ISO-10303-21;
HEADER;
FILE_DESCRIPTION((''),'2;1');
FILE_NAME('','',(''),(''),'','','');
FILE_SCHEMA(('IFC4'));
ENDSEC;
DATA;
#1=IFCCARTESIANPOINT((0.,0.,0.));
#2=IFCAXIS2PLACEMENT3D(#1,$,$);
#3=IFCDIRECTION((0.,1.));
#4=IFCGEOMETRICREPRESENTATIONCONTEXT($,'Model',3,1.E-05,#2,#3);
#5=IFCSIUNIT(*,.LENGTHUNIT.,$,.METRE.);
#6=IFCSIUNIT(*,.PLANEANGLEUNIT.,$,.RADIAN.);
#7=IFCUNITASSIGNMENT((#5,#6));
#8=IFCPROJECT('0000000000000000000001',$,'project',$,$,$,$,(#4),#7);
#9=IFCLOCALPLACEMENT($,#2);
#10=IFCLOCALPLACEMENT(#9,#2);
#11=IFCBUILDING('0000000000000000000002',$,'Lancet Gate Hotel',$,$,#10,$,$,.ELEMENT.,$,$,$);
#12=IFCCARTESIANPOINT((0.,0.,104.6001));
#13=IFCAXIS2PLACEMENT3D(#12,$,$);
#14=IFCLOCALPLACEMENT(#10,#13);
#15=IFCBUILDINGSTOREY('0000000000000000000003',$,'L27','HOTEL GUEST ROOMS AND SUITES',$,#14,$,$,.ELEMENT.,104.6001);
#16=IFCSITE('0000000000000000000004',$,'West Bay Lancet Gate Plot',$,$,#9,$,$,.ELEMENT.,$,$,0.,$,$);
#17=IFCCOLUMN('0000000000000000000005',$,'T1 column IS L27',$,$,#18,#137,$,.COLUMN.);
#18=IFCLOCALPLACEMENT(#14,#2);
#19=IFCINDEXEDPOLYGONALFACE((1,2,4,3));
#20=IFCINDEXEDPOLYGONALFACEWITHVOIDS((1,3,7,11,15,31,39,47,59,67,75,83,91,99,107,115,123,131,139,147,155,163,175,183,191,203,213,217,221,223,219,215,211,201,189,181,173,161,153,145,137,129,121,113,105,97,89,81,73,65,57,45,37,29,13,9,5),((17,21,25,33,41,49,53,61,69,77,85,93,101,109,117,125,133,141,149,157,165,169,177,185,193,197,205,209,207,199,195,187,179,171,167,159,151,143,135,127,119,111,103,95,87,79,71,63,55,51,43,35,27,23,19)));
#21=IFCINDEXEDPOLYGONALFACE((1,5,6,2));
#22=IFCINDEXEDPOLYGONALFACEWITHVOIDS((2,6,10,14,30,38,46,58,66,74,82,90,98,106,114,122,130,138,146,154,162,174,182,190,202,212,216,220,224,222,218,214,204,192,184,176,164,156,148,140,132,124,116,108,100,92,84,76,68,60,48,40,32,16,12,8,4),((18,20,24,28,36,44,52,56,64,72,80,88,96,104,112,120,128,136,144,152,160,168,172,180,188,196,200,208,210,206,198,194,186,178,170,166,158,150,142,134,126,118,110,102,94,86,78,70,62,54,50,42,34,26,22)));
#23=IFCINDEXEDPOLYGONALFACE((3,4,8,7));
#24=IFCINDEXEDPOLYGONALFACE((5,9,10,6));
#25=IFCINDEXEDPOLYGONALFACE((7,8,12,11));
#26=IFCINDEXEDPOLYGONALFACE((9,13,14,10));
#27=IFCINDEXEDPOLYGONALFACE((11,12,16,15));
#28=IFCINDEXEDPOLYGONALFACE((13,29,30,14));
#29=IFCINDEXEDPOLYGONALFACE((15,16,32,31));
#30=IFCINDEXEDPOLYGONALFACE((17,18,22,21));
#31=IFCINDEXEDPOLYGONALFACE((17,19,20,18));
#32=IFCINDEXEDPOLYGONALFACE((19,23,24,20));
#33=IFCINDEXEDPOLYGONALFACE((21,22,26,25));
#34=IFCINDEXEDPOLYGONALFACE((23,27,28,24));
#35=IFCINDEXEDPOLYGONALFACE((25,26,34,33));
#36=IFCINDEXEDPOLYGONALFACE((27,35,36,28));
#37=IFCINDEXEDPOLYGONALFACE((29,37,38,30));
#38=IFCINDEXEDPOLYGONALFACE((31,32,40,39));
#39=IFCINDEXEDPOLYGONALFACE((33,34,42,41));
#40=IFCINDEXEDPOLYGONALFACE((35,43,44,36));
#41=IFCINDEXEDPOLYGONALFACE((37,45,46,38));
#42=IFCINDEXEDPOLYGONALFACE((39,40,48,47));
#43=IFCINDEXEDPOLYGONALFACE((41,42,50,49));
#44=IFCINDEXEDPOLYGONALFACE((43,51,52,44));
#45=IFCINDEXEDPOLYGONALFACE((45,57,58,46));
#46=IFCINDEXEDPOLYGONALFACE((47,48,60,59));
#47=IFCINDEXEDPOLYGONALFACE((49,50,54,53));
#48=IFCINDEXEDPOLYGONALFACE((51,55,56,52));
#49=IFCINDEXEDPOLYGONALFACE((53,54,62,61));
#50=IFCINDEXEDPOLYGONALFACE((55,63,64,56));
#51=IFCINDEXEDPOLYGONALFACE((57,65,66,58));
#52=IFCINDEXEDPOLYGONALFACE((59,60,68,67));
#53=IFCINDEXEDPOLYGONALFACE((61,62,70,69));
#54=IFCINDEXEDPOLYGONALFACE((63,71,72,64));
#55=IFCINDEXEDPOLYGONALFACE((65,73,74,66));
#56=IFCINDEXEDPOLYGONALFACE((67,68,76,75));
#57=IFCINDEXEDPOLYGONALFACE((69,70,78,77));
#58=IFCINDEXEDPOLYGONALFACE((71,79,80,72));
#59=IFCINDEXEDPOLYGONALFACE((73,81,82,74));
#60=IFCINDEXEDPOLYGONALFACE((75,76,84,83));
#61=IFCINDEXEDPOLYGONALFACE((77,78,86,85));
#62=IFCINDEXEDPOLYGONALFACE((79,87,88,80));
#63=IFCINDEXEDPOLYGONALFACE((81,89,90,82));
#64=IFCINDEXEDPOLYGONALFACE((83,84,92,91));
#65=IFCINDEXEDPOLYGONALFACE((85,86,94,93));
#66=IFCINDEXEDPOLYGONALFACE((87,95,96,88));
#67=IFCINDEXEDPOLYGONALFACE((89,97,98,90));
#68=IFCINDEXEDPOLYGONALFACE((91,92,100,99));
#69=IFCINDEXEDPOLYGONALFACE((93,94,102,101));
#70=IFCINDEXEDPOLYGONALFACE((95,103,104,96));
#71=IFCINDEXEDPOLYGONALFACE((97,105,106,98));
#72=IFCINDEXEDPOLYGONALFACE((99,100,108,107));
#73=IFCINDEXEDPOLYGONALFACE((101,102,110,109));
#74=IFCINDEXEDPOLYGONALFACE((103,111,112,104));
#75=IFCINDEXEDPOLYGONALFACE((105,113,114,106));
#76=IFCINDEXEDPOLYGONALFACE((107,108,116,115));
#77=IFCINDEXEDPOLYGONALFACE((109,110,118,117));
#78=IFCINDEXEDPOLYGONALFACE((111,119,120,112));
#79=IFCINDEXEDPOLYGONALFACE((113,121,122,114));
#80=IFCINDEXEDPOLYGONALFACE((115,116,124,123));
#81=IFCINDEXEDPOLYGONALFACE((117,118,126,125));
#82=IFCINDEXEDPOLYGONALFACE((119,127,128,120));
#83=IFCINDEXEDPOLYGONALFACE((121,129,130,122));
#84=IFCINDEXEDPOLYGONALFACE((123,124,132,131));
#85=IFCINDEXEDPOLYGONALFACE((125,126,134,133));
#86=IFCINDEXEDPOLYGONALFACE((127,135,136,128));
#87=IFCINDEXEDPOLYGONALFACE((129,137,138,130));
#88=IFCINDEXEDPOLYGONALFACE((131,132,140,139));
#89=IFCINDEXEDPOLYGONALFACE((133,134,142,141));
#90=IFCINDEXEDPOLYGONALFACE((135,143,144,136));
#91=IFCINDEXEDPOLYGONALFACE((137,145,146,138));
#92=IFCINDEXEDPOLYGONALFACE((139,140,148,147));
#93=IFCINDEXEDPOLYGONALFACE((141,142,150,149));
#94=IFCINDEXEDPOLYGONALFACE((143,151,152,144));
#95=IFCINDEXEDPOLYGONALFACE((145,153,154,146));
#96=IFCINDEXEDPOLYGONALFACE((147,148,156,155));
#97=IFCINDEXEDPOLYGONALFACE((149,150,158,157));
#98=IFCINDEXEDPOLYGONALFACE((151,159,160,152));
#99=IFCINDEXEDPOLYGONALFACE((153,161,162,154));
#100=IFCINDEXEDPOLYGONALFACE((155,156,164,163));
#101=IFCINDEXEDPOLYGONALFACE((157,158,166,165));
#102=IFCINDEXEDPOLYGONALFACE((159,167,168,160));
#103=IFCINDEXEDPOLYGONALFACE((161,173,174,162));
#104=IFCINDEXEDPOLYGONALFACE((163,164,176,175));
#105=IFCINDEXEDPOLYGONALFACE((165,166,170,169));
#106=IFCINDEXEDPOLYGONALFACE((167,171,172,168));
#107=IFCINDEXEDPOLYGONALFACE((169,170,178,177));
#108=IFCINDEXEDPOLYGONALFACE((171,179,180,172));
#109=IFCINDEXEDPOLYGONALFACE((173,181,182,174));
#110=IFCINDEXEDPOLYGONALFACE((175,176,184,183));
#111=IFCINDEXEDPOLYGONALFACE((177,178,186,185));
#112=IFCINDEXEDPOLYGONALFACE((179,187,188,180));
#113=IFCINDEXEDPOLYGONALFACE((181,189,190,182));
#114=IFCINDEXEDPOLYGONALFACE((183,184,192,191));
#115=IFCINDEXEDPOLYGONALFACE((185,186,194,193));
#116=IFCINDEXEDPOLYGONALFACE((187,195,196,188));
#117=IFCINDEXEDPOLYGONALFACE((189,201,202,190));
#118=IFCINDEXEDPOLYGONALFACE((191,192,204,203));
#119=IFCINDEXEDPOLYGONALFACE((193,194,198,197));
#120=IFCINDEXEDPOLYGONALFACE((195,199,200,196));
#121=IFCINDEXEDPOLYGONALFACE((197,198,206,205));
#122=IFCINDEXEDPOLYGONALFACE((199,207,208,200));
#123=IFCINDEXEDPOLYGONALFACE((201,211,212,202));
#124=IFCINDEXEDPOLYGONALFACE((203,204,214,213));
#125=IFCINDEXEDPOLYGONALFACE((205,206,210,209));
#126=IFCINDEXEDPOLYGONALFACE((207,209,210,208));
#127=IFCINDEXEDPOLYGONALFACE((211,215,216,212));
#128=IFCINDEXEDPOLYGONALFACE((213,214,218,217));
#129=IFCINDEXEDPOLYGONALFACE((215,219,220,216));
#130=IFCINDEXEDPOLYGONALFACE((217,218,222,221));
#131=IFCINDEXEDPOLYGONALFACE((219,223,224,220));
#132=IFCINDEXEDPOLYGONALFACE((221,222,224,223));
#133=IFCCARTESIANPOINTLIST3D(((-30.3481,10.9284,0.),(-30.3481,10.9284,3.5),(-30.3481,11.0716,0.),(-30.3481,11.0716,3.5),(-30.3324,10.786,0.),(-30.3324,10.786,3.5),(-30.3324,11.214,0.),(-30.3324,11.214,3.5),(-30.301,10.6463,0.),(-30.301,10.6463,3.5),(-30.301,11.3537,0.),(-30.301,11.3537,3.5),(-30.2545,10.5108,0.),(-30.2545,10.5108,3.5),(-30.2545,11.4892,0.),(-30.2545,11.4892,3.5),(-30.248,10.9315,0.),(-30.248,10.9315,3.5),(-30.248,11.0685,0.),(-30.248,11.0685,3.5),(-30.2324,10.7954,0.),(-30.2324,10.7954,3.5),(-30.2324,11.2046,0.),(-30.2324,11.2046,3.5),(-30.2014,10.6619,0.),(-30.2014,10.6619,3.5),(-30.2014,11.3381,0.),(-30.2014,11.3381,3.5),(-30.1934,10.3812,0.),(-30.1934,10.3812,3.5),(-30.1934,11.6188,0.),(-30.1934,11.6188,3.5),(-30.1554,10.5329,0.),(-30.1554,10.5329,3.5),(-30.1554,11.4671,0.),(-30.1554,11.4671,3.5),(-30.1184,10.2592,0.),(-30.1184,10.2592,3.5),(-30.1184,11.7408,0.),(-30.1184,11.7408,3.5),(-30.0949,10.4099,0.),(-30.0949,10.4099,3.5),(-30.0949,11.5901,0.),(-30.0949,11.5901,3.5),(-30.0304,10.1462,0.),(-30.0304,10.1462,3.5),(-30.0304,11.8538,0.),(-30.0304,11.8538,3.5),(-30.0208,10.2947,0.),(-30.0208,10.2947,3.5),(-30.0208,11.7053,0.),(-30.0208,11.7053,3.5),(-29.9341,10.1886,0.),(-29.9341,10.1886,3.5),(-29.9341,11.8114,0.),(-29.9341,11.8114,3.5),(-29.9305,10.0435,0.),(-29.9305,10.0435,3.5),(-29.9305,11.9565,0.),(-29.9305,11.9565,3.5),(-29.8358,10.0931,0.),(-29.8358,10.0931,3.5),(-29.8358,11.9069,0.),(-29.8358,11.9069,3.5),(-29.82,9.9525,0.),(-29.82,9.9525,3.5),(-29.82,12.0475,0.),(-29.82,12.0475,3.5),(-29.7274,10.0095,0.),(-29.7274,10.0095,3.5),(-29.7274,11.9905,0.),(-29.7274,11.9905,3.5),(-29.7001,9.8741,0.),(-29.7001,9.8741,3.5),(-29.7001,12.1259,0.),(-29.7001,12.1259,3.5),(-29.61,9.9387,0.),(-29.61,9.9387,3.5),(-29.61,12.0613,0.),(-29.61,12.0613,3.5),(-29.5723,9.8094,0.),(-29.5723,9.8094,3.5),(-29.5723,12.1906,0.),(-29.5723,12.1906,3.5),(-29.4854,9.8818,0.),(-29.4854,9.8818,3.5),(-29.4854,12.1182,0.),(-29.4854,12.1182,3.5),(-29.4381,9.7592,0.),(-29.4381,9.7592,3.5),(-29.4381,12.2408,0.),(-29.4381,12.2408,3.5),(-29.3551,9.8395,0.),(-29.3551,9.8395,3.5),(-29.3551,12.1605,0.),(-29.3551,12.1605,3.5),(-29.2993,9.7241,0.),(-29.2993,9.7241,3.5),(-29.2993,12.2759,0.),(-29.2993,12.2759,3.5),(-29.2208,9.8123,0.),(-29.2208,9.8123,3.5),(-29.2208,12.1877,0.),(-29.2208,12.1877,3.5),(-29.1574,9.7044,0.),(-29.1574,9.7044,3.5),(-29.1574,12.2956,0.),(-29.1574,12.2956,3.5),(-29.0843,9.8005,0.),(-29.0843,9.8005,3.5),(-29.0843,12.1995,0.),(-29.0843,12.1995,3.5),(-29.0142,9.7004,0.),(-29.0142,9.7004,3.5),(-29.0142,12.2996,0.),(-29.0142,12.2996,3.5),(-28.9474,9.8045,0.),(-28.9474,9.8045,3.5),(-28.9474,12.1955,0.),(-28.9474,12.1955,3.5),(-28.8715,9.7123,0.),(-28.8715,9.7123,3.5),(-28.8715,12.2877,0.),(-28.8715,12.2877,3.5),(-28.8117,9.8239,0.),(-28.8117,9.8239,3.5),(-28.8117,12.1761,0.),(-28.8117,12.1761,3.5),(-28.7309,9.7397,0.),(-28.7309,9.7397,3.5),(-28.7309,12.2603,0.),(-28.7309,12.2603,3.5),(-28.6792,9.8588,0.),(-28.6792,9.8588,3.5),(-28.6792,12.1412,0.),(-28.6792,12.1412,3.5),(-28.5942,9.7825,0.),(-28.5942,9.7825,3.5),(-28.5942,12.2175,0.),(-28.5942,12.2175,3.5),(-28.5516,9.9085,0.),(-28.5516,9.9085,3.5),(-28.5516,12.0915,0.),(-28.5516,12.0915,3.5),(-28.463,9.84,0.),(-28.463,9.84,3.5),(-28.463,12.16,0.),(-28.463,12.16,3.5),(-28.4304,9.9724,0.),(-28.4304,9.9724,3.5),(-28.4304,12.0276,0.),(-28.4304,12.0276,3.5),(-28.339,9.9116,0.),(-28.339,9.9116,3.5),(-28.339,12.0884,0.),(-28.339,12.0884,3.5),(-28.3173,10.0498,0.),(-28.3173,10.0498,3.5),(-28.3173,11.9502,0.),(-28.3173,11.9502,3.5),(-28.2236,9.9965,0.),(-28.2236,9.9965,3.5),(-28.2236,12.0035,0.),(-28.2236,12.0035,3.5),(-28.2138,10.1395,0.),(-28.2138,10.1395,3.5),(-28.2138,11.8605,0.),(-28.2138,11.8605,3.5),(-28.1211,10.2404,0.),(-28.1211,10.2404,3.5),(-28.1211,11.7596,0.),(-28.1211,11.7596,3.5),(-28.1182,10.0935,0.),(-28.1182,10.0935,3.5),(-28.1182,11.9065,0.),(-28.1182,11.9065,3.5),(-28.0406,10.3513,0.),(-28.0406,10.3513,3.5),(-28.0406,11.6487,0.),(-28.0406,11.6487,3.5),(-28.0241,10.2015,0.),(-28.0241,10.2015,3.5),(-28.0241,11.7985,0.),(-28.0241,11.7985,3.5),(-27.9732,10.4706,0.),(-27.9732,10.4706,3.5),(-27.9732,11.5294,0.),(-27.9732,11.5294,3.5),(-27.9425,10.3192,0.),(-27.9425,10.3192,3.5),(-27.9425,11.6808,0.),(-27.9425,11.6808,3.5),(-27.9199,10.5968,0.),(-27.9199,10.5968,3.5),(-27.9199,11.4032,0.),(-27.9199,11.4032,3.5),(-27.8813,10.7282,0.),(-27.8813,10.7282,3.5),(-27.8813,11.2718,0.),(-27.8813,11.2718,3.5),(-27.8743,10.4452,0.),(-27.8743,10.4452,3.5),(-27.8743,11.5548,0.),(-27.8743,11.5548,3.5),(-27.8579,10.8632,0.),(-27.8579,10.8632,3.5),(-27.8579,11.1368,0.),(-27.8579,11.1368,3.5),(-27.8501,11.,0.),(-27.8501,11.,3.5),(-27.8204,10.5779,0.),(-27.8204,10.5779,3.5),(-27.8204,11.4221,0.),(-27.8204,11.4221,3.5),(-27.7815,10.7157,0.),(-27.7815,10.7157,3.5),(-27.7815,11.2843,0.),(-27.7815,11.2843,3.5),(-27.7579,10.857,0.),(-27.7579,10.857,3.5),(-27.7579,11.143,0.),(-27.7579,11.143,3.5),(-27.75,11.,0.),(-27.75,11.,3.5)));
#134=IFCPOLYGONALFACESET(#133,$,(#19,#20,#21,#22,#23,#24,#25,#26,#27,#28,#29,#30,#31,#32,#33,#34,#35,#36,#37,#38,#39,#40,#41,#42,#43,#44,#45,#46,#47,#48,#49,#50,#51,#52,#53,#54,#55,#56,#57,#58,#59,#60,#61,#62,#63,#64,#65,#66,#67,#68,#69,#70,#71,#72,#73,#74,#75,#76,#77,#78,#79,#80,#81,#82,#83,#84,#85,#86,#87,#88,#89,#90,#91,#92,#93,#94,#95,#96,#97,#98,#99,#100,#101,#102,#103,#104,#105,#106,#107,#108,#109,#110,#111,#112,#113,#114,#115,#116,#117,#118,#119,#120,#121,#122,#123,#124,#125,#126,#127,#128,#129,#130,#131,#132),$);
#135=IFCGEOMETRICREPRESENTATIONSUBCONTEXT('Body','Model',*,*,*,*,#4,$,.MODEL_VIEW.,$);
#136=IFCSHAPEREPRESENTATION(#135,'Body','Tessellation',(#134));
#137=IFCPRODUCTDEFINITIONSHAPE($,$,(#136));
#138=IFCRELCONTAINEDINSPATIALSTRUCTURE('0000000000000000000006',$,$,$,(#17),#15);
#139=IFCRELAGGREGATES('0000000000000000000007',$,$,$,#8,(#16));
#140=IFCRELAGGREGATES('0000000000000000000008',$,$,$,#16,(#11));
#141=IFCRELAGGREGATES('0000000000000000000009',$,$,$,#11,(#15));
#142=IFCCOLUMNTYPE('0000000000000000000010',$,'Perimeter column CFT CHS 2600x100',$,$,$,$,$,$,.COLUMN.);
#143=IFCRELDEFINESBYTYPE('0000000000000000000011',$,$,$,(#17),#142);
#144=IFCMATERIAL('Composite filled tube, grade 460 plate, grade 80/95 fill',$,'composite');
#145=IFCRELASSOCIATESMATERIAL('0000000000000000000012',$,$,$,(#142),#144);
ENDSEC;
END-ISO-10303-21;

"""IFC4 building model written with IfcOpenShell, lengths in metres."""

from ifc_helpers import new_model, si_unit, direction, frame, origin, origin_2d, place, context, subcontext, project, spatial, hollow_circle, extrude, material, material_profile, profile_set, type_object, element, save


model = new_model("IFC4")

# Units and contexts
model_context = context("Model", 3, precision=1e-05, world=origin(), true_north=direction((0.0, 1.0)))
body_context = subcontext(model_context, "Body", "Model", "MODEL_VIEW")
ifc_project = project(units=[si_unit("LENGTHUNIT", "METRE"), si_unit("PLANEANGLEUNIT", "RADIAN")], contexts=[model_context])

# Site, building, storey
site_placement = place(None, origin())
site = spatial("IfcSite", under=ifc_project, at=site_placement, Name="West Bay Lancet Gate Plot", CompositionType="ELEMENT", RefElevation=0.0)
building_placement = place(site_placement, origin())
building = spatial("IfcBuilding", under=site, at=building_placement, Name="Lancet Gate Hotel", CompositionType="ELEMENT")
storey_placement = place(building_placement, frame((0.0, 0.0, 104.6001)))
storey = spatial("IfcBuildingStorey", under=building, at=storey_placement, Name="L27", Description="HOTEL GUEST ROOMS AND SUITES", CompositionType="ELEMENT", Elevation=104.6001)

# Column
ifc_material_1 = material(Name="Composite filled tube, grade 460 plate, grade 80/95 fill", Category="composite")
ifc_material_profile_1 = material_profile(ifc_material_1, hollow_circle(Radius=1.3, WallThickness=0.1001, at=origin_2d()), Name="CHS 2600x100")
ifc_profile_set_1 = profile_set([ifc_material_profile_1], Name="Composite filled tube, grade 460 plate, grade 80/95 fill")
column_type = type_object("IfcColumnType", Name="Perimeter column CFT CHS 2600x100", PredefinedType="COLUMN", material=ifc_profile_set_1)
for number, where, z_axis, x_axis, name in (
    (1, (-29.05, 11.0, 0.0), (0.0, 0.0, 1.0), (1.0, 0.0, 0.0), "T1 column IS L27"),
):
    element("IfcColumn", number, at=place(storey_placement, frame(where, z_axis=z_axis, x_axis=x_axis)), inside=storey, type_object=column_type, Name=name, PredefinedType="COLUMN", context=body_context, shape_type="SweptSolid", body=[
        extrude(hollow_circle(Radius=1.3, WallThickness=0.1001, at=origin_2d()), origin(), (0.0, 0.0, 1.0), 3.5),
    ])

save(model, "model.ifc")
